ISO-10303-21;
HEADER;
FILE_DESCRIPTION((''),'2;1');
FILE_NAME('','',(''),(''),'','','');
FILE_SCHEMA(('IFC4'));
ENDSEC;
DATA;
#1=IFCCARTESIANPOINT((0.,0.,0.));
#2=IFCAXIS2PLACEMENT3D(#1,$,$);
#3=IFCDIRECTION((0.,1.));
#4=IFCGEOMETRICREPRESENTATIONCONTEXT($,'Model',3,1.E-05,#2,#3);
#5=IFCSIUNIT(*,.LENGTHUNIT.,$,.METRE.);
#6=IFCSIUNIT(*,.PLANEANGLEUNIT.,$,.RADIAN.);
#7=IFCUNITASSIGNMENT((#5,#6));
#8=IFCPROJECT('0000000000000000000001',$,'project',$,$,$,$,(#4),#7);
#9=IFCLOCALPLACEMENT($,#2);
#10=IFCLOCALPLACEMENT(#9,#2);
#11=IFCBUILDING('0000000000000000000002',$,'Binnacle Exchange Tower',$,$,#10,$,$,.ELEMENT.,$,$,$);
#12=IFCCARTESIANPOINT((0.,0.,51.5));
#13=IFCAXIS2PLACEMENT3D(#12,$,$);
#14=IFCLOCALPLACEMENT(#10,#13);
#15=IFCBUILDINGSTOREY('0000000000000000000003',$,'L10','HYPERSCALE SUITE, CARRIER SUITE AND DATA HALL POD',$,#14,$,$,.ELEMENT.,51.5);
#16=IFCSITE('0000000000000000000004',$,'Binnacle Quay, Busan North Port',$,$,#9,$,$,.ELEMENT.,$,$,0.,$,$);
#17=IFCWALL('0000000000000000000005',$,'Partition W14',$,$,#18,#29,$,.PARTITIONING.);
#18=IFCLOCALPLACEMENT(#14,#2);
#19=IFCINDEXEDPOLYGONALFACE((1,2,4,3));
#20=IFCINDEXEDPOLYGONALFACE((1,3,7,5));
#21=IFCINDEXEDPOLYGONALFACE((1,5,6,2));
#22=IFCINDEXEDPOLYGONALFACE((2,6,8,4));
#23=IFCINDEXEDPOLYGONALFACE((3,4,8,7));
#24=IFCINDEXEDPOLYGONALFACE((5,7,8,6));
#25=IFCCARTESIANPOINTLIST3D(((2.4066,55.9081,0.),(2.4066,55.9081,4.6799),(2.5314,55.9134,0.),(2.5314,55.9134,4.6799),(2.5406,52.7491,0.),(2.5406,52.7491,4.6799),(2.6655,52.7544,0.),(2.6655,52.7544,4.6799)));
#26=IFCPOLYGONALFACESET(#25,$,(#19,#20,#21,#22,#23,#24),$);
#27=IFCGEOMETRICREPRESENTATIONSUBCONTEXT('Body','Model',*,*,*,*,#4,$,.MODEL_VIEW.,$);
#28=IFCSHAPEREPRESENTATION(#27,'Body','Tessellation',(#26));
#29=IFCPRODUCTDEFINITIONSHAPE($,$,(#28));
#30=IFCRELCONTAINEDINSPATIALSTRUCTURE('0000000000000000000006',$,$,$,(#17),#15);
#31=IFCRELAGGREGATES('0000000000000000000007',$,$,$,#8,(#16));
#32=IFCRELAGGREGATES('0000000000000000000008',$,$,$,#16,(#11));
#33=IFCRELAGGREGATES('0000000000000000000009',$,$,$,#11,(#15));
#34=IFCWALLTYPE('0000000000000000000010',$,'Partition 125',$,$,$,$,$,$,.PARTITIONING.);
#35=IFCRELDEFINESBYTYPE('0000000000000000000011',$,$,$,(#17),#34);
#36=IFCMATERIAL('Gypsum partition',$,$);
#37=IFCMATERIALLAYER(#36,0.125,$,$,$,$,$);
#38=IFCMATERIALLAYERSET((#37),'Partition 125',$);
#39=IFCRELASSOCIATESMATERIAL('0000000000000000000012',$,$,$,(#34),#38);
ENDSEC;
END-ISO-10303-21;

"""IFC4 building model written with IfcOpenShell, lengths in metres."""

from ifc_helpers import new_model, si_unit, direction, frame, frame_2d, origin, place, context, subcontext, project, spatial, rectangle, extrude, material, layer, layer_set, type_object, element, save


model = new_model("IFC4")

# Units and contexts
model_context = context("Model", 3, precision=1e-05, world=origin(), true_north=direction((0.0, 1.0)))
body_context = subcontext(model_context, "Body", "Model", "MODEL_VIEW")
ifc_project = project(units=[si_unit("LENGTHUNIT", "METRE"), si_unit("PLANEANGLEUNIT", "RADIAN")], contexts=[model_context])

# Site, building, storey
site_placement = place(None, origin())
site = spatial("IfcSite", under=ifc_project, at=site_placement, Name="Binnacle Quay, Busan North Port", CompositionType="ELEMENT", RefElevation=0.0)
building_placement = place(site_placement, origin())
building = spatial("IfcBuilding", under=site, at=building_placement, Name="Binnacle Exchange Tower", CompositionType="ELEMENT")
storey_placement = place(building_placement, frame((0.0, 0.0, 51.5)))
storey = spatial("IfcBuildingStorey", under=building, at=storey_placement, Name="L10", Description="HYPERSCALE SUITE, CARRIER SUITE AND DATA HALL POD", CompositionType="ELEMENT", Elevation=51.5)

# Wall
ifc_material_1 = material(Name="Gypsum partition")
ifc_layer_1 = layer(ifc_material_1, 0.125)
ifc_layer_set_1 = layer_set([ifc_layer_1], Name="Partition 125")
wall_type_1 = type_object("IfcWallType", Name="Partition 125", PredefinedType="PARTITIONING", material=ifc_layer_set_1)
wall_1_placement = place(storey_placement, frame((2.469, 55.9109, 0.0), z_axis=(0.0, 0.0, 1.0), x_axis=(0.042392, -0.999101, 0.0)))
element("IfcWall", 1, at=wall_1_placement, inside=storey, type_object=wall_type_1, Name="Partition W14", PredefinedType="PARTITIONING", context=body_context, shape_type="SweptSolid", body=[
    extrude(rectangle(XDim=3.1619, YDim=0.125, at=frame_2d((1.5811, 0.0))), origin(), (0.0, 0.0, 1.0), 4.6799),
])

save(model, "model.ifc")
